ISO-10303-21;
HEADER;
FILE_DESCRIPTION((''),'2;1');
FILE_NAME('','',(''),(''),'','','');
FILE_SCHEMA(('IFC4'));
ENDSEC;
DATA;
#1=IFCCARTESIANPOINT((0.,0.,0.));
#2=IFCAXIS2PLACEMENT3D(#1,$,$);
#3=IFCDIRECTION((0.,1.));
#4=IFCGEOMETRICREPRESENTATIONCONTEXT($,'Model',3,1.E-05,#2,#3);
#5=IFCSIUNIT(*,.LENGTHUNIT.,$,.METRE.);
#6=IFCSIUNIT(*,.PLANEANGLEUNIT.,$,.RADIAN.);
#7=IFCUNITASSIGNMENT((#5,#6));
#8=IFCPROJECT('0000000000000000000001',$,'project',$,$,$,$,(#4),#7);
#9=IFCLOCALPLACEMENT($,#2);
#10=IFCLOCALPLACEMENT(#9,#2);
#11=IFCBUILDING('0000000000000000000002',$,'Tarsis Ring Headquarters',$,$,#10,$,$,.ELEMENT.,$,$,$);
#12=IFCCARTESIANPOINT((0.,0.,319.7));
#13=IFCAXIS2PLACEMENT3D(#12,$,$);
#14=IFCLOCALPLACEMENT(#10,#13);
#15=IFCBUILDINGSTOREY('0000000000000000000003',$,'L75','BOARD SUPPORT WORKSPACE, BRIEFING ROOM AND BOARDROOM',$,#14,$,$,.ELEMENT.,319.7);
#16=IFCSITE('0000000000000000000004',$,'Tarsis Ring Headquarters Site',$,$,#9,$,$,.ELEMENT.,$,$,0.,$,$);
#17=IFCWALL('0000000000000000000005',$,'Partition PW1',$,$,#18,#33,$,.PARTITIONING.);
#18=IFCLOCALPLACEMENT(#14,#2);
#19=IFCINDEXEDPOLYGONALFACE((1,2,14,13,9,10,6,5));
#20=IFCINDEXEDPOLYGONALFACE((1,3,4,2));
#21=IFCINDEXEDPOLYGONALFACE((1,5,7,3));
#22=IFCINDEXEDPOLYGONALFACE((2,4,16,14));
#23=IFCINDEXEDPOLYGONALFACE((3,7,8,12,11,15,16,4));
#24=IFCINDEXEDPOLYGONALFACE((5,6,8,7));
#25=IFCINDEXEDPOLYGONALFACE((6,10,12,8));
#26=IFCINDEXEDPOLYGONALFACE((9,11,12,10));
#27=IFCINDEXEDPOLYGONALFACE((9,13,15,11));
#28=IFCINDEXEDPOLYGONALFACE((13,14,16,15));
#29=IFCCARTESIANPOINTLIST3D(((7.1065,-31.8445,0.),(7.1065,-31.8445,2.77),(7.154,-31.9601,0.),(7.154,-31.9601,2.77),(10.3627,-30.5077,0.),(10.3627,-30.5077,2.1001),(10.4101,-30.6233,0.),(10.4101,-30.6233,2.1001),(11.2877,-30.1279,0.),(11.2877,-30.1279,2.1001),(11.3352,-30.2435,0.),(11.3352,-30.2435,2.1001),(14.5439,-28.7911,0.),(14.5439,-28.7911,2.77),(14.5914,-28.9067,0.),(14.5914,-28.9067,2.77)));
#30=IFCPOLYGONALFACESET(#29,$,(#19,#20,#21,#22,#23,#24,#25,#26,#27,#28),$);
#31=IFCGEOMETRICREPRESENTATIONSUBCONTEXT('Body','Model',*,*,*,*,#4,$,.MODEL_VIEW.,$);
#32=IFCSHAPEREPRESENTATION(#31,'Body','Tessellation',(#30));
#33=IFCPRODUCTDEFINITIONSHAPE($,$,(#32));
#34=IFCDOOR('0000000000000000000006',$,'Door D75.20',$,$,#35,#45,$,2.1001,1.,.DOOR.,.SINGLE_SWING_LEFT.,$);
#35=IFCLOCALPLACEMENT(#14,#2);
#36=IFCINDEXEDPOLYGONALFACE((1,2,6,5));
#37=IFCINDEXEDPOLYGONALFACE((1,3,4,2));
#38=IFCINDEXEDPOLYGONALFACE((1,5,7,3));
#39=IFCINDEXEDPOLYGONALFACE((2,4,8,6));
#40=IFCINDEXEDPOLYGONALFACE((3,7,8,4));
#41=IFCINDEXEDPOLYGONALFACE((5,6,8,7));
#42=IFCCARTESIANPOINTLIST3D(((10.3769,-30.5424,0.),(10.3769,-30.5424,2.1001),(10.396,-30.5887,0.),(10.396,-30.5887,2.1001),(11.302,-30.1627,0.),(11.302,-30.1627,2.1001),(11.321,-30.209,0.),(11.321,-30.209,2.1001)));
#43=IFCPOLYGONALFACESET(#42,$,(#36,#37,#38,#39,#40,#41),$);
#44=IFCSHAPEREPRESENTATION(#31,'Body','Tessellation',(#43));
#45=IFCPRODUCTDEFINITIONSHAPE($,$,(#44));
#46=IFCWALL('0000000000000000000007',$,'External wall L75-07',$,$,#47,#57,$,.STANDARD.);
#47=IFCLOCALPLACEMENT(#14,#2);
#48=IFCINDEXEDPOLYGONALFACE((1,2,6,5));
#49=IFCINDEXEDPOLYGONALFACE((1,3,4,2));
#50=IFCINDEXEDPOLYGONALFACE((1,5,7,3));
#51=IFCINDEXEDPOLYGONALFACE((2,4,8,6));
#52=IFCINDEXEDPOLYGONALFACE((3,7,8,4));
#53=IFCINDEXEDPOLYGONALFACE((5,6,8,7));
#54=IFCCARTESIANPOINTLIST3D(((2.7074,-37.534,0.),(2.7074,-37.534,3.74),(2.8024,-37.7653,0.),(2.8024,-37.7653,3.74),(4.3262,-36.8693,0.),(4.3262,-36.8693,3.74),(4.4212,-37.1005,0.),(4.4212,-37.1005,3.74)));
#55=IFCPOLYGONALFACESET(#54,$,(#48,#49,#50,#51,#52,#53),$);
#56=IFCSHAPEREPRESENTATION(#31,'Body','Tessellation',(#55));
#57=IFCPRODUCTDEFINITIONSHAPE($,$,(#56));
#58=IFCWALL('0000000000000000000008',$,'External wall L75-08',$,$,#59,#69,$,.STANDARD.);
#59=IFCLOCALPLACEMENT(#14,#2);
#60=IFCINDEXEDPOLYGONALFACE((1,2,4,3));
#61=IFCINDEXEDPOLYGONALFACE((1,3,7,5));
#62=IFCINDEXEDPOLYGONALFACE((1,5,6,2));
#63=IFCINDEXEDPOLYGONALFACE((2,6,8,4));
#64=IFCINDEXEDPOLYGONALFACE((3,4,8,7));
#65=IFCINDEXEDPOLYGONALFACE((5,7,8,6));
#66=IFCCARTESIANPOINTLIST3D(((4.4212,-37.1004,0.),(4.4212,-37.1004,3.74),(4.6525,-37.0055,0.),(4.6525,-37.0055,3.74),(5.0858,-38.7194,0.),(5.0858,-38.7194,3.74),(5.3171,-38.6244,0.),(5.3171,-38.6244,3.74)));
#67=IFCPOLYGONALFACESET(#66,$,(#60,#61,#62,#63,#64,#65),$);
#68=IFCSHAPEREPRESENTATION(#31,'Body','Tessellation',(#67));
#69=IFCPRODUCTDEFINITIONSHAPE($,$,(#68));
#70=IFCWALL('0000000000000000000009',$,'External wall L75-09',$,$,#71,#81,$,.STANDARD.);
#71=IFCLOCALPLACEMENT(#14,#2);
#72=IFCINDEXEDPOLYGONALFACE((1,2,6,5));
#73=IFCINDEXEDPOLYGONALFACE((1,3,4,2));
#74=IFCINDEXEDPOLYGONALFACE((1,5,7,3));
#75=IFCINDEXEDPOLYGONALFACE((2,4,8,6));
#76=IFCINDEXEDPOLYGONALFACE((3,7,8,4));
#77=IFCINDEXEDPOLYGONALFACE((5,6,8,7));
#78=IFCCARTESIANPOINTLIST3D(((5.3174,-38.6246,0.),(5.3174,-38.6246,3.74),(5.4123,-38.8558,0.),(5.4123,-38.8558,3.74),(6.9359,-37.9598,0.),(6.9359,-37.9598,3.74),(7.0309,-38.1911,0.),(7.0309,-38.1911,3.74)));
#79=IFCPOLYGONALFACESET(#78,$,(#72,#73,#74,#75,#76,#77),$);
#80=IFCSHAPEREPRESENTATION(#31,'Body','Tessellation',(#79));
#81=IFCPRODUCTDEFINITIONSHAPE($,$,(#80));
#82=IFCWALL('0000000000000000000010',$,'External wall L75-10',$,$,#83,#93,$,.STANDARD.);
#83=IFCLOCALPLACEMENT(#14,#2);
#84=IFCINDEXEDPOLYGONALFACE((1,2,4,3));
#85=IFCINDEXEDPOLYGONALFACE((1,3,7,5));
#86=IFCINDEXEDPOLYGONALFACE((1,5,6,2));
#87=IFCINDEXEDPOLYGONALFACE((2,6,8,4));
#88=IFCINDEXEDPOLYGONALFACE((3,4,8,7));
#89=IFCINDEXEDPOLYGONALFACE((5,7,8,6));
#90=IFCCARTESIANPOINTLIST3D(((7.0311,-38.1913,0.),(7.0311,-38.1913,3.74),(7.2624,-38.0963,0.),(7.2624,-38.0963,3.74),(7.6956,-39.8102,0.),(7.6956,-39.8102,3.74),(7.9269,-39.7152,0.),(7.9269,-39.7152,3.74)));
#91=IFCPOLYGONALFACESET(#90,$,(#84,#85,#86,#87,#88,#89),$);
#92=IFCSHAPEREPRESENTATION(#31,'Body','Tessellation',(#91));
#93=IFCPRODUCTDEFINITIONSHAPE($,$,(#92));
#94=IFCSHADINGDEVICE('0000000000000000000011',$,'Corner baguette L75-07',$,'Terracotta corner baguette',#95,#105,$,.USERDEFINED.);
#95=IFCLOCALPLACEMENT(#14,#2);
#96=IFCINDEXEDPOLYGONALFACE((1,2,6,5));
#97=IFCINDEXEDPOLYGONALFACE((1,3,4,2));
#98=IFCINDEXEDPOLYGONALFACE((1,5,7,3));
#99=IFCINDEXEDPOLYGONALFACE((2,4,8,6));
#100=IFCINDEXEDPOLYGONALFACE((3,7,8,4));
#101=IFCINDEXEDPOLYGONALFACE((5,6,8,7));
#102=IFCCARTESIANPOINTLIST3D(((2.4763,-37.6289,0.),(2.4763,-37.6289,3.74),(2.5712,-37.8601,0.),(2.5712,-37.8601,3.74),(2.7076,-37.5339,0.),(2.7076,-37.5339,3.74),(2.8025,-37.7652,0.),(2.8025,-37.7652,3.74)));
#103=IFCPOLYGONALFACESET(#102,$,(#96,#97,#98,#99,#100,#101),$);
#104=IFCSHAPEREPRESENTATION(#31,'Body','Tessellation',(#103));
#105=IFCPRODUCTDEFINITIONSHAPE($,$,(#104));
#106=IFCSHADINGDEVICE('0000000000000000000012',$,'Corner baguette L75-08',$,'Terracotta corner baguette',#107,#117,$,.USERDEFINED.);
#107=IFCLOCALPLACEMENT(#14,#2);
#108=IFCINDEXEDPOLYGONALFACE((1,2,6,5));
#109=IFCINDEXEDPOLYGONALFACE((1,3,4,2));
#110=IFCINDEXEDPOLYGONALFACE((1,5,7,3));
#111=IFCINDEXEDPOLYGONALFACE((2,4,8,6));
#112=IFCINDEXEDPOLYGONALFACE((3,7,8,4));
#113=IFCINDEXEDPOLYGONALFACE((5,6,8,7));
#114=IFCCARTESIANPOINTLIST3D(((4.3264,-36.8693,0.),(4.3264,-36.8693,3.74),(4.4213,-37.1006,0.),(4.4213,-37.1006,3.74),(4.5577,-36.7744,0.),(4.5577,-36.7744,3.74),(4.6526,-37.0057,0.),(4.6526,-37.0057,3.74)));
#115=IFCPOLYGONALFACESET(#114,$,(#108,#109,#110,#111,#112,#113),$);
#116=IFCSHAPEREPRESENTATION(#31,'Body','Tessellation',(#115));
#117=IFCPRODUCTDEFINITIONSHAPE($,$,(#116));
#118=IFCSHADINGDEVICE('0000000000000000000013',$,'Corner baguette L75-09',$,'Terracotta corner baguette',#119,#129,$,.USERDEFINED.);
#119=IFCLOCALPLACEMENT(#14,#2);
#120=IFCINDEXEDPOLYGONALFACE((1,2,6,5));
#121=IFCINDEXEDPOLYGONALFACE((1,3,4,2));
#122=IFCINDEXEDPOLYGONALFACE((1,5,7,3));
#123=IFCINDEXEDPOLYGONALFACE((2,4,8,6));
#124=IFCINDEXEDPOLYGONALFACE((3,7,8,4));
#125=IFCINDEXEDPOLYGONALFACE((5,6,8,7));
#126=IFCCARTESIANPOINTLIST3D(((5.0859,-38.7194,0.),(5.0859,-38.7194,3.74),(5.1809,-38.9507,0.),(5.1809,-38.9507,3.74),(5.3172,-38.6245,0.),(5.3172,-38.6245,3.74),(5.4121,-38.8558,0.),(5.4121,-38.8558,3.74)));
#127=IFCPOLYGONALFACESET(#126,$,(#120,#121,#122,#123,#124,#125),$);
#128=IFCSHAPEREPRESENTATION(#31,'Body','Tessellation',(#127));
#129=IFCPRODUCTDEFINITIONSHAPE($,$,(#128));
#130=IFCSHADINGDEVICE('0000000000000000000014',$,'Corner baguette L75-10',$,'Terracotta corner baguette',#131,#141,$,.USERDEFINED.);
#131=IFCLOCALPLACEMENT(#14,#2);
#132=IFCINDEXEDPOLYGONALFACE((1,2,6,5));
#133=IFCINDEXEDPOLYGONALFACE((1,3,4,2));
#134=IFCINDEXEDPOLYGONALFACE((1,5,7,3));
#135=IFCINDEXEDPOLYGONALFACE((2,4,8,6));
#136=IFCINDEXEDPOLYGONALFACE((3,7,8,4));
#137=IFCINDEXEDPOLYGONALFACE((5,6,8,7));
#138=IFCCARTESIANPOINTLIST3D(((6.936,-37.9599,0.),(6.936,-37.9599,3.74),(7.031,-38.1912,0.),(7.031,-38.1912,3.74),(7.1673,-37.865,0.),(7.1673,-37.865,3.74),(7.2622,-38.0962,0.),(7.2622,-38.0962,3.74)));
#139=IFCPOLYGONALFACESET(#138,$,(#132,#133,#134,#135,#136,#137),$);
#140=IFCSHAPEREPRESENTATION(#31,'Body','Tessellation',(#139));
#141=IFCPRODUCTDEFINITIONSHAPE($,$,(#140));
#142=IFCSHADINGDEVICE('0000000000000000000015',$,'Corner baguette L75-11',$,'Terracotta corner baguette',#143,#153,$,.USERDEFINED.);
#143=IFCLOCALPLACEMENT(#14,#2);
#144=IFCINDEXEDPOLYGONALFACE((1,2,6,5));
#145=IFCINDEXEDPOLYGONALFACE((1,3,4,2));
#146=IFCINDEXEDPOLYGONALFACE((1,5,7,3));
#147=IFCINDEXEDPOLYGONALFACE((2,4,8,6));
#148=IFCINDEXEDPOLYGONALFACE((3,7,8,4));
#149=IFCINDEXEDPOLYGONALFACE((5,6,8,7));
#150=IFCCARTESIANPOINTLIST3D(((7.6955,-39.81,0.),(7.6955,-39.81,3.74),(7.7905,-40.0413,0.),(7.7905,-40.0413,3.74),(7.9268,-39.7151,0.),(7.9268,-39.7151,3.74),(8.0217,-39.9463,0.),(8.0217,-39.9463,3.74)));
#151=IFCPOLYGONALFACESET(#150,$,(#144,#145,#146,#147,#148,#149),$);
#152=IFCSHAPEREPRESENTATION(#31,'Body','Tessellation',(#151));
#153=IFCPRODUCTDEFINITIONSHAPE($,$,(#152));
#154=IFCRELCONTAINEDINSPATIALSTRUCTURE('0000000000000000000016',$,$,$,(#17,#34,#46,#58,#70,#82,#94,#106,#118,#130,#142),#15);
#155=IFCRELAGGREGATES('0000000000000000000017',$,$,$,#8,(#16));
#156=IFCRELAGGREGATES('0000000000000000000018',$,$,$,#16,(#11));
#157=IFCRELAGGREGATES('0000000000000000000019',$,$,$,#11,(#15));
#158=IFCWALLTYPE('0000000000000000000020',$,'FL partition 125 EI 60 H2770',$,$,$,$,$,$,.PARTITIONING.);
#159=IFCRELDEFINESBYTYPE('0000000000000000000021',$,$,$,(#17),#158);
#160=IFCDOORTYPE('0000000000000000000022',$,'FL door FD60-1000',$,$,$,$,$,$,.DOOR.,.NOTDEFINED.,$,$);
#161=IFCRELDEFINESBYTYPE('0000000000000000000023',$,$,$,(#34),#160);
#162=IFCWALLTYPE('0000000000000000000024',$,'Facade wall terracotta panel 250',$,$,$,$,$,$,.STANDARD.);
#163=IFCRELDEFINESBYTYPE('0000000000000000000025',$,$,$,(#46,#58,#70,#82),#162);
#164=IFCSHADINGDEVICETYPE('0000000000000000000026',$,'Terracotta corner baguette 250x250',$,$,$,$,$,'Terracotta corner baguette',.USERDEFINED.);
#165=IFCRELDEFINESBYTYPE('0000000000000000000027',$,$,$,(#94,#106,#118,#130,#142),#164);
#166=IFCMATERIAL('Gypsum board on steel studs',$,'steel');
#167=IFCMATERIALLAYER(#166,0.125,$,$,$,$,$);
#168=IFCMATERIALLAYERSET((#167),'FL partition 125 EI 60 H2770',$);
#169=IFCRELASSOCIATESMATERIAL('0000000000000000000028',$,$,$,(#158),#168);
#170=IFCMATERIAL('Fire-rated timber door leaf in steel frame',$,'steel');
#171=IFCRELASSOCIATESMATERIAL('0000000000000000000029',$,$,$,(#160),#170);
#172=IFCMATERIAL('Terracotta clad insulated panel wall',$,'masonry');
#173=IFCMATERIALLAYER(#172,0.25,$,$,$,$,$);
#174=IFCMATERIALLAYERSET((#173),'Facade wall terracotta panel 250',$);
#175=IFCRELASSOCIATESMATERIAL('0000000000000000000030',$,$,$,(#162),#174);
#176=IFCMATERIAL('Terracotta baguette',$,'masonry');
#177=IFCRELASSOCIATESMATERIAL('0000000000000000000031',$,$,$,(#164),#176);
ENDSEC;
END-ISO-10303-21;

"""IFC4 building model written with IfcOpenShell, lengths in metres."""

from ifc_helpers import new_model, si_unit, direction, frame, frame_2d, origin, origin_2d, place, context, subcontext, project, spatial, rectangle, extrude, material, layer, layer_set, type_object, element, fill, save


model = new_model("IFC4")

# Units and contexts
model_context = context("Model", 3, precision=1e-05, world=origin(), true_north=direction((0.0, 1.0)))
body_context = subcontext(model_context, "Body", "Model", "MODEL_VIEW")
ifc_project = project(units=[si_unit("LENGTHUNIT", "METRE"), si_unit("PLANEANGLEUNIT", "RADIAN")], contexts=[model_context])

# Site, building, storey
site_placement = place(None, origin())
site = spatial("IfcSite", under=ifc_project, at=site_placement, Name="Tarsis Ring Headquarters Site", CompositionType="ELEMENT", RefElevation=0.0)
building_placement = place(site_placement, origin())
building = spatial("IfcBuilding", under=site, at=building_placement, Name="Tarsis Ring Headquarters", CompositionType="ELEMENT")
storey_placement = place(building_placement, frame((0.0, 0.0, 319.7)))
storey = spatial("IfcBuildingStorey", under=building, at=storey_placement, Name="L75", Description="BOARD SUPPORT WORKSPACE, BRIEFING ROOM AND BOARDROOM", CompositionType="ELEMENT", Elevation=319.7)

# Wall, opening, door
ifc_material_1 = material(Name="Gypsum board on steel studs", Category="steel")
ifc_layer_1 = layer(ifc_material_1, 0.125)
ifc_layer_set_1 = layer_set([ifc_layer_1], Name="FL partition 125 EI 60 H2770")
wall_type_1 = type_object("IfcWallType", Name="FL partition 125 EI 60 H2770", PredefinedType="PARTITIONING", material=ifc_layer_set_1)
ifc_material_2 = material(Name="Fire-rated timber door leaf in steel frame", Category="steel")
door_type = type_object("IfcDoorType", Name="FL door FD60-1000", OperationType="NOTDEFINED", PredefinedType="DOOR", material=ifc_material_2)
wall_1_placement = place(storey_placement, frame((7.1301, -31.9023, 0.0), z_axis=(0.0, 0.0, 1.0), x_axis=(0.925073, 0.379789, 0.0)))
wall_1 = element("IfcWall", 1, at=wall_1_placement, inside=storey, type_object=wall_type_1, Name="Partition PW1", PredefinedType="PARTITIONING", context=body_context, shape_type="SweptSolid", body=[
    extrude(rectangle(XDim=8.0398, YDim=0.125, at=frame_2d((4.02, 0.0))), origin(), (0.0, 0.0, 1.0), 2.77),
])
opening_1_placement = place(wall_1_placement, frame((3.52, 0.0, 0.0)))
opening_1 = element("IfcOpeningElement", 2, at=opening_1_placement, cuts=wall_1, PredefinedType="OPENING", context=body_context, shape_type="SweptSolid", body=[
    extrude(rectangle(XDim=1.0, YDim=2.1001, at=frame_2d((0.5, 1.05))), frame((0.0, 0.0725, 0.0), z_axis=(0.0, -1.0, 0.0), x_axis=(1.0, 0.0, 0.0)), (0.0, 0.0, 1.0), 0.145),
])
door_1_placement = place(opening_1_placement, origin())
door_1 = element("IfcDoor", 3, at=door_1_placement, inside=storey, type_object=door_type, Name="Door D75.20", OperationType="SINGLE_SWING_LEFT", OverallHeight=2.1001, OverallWidth=1.0, PredefinedType="DOOR", context=body_context, shape_type="SweptSolid", body=[
    extrude(rectangle(XDim=1.0, YDim=2.1001, at=frame_2d((0.5, 1.05))), frame((0.0, 0.0249, 0.0), z_axis=(0.0, -1.0, 0.0), x_axis=(1.0, 0.0, 0.0)), (0.0, 0.0, 1.0), 0.05),
])
fill(opening_1, door_1)

# Walls
ifc_material_3 = material(Name="Terracotta clad insulated panel wall", Category="masonry")
ifc_layer_2 = layer(ifc_material_3, 0.25)
ifc_layer_set_2 = layer_set([ifc_layer_2], Name="Facade wall terracotta panel 250")
wall_type_2 = type_object("IfcWallType", Name="Facade wall terracotta panel 250", PredefinedType="STANDARD", material=ifc_layer_set_2)
for number, where, z_axis, x_axis, name in (
    (4, (2.7549, -37.6497, 0.0), (0.0, 0.0, 1.0), (0.925042, 0.379866, 0.0), "External wall L75-07"),
    (5, (4.5369, -37.053, 0.0), (0.0, 0.0, 1.0), (0.379746, -0.925091, 0.0), "External wall L75-08"),
):
    element("IfcWall", number, at=place(storey_placement, frame(where, z_axis=z_axis, x_axis=x_axis)), inside=storey, type_object=wall_type_2, Name=name, PredefinedType="STANDARD", context=body_context, shape_type="SweptSolid", body=[
        extrude(rectangle(XDim=1.75, YDim=0.25, at=frame_2d((0.875, 0.0))), origin(), (0.0, 0.0, 1.0), 3.74),
    ])
wall_2_placement = place(storey_placement, frame((5.3647, -38.7402, 0.0), z_axis=(0.0, 0.0, 1.0), x_axis=(0.925022, 0.379915, 0.0)))
element("IfcWall", 6, at=wall_2_placement, inside=storey, type_object=wall_type_2, Name="External wall L75-09", PredefinedType="STANDARD", context=body_context, shape_type="SweptSolid", body=[
    extrude(rectangle(XDim=1.7498, YDim=0.25, at=frame_2d((0.875, 0.0))), origin(), (0.0, 0.0, 1.0), 3.74),
])
wall_3_placement = place(storey_placement, frame((7.1467, -38.1438, 0.0), z_axis=(0.0, 0.0, 1.0), x_axis=(0.379746, -0.925091, 0.0)))
element("IfcWall", 7, at=wall_3_placement, inside=storey, type_object=wall_type_2, Name="External wall L75-10", PredefinedType="STANDARD", context=body_context, shape_type="SweptSolid", body=[
    extrude(rectangle(XDim=1.75, YDim=0.25, at=frame_2d((0.875, 0.0))), origin(), (0.0, 0.0, 1.0), 3.74),
])

# Shading devices
ifc_material_4 = material(Name="Terracotta baguette", Category="masonry")
shading_device_type_1 = type_object("IfcShadingDeviceType", Name="Terracotta corner baguette 250x250", ElementType="Terracotta corner baguette", PredefinedType="USERDEFINED", material=ifc_material_4)
for number, where, z_axis, x_axis, name in (
    (8, (2.6394, -37.697, 0.0), (0.0, 0.0, 1.0), (0.379779, -0.925077, 0.0), "Corner baguette L75-07"),
    (9, (4.4895, -36.9375, 0.0), (0.0, 0.0, 1.0), (0.925077, 0.379779, 0.0), "Corner baguette L75-08"),
    (10, (5.249, -38.7876, 0.0), (0.0, 0.0, 1.0), (0.379779, -0.925077, 0.0), "Corner baguette L75-09"),
    (11, (7.0991, -38.0281, 0.0), (0.0, 0.0, 1.0), (0.925077, 0.379779, 0.0), "Corner baguette L75-10"),
    (12, (7.8586, -39.8782, 0.0), (0.0, 0.0, 1.0), (0.379779, -0.925077, 0.0), "Corner baguette L75-11"),
):
    element("IfcShadingDevice", number, at=place(storey_placement, frame(where, z_axis=z_axis, x_axis=x_axis)), inside=storey, type_object=shading_device_type_1, Name=name, ObjectType="Terracotta corner baguette", PredefinedType="USERDEFINED", context=body_context, shape_type="SweptSolid", body=[
        extrude(rectangle(XDim=0.25, YDim=0.25, at=origin_2d()), origin(), (0.0, 0.0, 1.0), 3.74),
    ])

save(model, "model.ifc")
